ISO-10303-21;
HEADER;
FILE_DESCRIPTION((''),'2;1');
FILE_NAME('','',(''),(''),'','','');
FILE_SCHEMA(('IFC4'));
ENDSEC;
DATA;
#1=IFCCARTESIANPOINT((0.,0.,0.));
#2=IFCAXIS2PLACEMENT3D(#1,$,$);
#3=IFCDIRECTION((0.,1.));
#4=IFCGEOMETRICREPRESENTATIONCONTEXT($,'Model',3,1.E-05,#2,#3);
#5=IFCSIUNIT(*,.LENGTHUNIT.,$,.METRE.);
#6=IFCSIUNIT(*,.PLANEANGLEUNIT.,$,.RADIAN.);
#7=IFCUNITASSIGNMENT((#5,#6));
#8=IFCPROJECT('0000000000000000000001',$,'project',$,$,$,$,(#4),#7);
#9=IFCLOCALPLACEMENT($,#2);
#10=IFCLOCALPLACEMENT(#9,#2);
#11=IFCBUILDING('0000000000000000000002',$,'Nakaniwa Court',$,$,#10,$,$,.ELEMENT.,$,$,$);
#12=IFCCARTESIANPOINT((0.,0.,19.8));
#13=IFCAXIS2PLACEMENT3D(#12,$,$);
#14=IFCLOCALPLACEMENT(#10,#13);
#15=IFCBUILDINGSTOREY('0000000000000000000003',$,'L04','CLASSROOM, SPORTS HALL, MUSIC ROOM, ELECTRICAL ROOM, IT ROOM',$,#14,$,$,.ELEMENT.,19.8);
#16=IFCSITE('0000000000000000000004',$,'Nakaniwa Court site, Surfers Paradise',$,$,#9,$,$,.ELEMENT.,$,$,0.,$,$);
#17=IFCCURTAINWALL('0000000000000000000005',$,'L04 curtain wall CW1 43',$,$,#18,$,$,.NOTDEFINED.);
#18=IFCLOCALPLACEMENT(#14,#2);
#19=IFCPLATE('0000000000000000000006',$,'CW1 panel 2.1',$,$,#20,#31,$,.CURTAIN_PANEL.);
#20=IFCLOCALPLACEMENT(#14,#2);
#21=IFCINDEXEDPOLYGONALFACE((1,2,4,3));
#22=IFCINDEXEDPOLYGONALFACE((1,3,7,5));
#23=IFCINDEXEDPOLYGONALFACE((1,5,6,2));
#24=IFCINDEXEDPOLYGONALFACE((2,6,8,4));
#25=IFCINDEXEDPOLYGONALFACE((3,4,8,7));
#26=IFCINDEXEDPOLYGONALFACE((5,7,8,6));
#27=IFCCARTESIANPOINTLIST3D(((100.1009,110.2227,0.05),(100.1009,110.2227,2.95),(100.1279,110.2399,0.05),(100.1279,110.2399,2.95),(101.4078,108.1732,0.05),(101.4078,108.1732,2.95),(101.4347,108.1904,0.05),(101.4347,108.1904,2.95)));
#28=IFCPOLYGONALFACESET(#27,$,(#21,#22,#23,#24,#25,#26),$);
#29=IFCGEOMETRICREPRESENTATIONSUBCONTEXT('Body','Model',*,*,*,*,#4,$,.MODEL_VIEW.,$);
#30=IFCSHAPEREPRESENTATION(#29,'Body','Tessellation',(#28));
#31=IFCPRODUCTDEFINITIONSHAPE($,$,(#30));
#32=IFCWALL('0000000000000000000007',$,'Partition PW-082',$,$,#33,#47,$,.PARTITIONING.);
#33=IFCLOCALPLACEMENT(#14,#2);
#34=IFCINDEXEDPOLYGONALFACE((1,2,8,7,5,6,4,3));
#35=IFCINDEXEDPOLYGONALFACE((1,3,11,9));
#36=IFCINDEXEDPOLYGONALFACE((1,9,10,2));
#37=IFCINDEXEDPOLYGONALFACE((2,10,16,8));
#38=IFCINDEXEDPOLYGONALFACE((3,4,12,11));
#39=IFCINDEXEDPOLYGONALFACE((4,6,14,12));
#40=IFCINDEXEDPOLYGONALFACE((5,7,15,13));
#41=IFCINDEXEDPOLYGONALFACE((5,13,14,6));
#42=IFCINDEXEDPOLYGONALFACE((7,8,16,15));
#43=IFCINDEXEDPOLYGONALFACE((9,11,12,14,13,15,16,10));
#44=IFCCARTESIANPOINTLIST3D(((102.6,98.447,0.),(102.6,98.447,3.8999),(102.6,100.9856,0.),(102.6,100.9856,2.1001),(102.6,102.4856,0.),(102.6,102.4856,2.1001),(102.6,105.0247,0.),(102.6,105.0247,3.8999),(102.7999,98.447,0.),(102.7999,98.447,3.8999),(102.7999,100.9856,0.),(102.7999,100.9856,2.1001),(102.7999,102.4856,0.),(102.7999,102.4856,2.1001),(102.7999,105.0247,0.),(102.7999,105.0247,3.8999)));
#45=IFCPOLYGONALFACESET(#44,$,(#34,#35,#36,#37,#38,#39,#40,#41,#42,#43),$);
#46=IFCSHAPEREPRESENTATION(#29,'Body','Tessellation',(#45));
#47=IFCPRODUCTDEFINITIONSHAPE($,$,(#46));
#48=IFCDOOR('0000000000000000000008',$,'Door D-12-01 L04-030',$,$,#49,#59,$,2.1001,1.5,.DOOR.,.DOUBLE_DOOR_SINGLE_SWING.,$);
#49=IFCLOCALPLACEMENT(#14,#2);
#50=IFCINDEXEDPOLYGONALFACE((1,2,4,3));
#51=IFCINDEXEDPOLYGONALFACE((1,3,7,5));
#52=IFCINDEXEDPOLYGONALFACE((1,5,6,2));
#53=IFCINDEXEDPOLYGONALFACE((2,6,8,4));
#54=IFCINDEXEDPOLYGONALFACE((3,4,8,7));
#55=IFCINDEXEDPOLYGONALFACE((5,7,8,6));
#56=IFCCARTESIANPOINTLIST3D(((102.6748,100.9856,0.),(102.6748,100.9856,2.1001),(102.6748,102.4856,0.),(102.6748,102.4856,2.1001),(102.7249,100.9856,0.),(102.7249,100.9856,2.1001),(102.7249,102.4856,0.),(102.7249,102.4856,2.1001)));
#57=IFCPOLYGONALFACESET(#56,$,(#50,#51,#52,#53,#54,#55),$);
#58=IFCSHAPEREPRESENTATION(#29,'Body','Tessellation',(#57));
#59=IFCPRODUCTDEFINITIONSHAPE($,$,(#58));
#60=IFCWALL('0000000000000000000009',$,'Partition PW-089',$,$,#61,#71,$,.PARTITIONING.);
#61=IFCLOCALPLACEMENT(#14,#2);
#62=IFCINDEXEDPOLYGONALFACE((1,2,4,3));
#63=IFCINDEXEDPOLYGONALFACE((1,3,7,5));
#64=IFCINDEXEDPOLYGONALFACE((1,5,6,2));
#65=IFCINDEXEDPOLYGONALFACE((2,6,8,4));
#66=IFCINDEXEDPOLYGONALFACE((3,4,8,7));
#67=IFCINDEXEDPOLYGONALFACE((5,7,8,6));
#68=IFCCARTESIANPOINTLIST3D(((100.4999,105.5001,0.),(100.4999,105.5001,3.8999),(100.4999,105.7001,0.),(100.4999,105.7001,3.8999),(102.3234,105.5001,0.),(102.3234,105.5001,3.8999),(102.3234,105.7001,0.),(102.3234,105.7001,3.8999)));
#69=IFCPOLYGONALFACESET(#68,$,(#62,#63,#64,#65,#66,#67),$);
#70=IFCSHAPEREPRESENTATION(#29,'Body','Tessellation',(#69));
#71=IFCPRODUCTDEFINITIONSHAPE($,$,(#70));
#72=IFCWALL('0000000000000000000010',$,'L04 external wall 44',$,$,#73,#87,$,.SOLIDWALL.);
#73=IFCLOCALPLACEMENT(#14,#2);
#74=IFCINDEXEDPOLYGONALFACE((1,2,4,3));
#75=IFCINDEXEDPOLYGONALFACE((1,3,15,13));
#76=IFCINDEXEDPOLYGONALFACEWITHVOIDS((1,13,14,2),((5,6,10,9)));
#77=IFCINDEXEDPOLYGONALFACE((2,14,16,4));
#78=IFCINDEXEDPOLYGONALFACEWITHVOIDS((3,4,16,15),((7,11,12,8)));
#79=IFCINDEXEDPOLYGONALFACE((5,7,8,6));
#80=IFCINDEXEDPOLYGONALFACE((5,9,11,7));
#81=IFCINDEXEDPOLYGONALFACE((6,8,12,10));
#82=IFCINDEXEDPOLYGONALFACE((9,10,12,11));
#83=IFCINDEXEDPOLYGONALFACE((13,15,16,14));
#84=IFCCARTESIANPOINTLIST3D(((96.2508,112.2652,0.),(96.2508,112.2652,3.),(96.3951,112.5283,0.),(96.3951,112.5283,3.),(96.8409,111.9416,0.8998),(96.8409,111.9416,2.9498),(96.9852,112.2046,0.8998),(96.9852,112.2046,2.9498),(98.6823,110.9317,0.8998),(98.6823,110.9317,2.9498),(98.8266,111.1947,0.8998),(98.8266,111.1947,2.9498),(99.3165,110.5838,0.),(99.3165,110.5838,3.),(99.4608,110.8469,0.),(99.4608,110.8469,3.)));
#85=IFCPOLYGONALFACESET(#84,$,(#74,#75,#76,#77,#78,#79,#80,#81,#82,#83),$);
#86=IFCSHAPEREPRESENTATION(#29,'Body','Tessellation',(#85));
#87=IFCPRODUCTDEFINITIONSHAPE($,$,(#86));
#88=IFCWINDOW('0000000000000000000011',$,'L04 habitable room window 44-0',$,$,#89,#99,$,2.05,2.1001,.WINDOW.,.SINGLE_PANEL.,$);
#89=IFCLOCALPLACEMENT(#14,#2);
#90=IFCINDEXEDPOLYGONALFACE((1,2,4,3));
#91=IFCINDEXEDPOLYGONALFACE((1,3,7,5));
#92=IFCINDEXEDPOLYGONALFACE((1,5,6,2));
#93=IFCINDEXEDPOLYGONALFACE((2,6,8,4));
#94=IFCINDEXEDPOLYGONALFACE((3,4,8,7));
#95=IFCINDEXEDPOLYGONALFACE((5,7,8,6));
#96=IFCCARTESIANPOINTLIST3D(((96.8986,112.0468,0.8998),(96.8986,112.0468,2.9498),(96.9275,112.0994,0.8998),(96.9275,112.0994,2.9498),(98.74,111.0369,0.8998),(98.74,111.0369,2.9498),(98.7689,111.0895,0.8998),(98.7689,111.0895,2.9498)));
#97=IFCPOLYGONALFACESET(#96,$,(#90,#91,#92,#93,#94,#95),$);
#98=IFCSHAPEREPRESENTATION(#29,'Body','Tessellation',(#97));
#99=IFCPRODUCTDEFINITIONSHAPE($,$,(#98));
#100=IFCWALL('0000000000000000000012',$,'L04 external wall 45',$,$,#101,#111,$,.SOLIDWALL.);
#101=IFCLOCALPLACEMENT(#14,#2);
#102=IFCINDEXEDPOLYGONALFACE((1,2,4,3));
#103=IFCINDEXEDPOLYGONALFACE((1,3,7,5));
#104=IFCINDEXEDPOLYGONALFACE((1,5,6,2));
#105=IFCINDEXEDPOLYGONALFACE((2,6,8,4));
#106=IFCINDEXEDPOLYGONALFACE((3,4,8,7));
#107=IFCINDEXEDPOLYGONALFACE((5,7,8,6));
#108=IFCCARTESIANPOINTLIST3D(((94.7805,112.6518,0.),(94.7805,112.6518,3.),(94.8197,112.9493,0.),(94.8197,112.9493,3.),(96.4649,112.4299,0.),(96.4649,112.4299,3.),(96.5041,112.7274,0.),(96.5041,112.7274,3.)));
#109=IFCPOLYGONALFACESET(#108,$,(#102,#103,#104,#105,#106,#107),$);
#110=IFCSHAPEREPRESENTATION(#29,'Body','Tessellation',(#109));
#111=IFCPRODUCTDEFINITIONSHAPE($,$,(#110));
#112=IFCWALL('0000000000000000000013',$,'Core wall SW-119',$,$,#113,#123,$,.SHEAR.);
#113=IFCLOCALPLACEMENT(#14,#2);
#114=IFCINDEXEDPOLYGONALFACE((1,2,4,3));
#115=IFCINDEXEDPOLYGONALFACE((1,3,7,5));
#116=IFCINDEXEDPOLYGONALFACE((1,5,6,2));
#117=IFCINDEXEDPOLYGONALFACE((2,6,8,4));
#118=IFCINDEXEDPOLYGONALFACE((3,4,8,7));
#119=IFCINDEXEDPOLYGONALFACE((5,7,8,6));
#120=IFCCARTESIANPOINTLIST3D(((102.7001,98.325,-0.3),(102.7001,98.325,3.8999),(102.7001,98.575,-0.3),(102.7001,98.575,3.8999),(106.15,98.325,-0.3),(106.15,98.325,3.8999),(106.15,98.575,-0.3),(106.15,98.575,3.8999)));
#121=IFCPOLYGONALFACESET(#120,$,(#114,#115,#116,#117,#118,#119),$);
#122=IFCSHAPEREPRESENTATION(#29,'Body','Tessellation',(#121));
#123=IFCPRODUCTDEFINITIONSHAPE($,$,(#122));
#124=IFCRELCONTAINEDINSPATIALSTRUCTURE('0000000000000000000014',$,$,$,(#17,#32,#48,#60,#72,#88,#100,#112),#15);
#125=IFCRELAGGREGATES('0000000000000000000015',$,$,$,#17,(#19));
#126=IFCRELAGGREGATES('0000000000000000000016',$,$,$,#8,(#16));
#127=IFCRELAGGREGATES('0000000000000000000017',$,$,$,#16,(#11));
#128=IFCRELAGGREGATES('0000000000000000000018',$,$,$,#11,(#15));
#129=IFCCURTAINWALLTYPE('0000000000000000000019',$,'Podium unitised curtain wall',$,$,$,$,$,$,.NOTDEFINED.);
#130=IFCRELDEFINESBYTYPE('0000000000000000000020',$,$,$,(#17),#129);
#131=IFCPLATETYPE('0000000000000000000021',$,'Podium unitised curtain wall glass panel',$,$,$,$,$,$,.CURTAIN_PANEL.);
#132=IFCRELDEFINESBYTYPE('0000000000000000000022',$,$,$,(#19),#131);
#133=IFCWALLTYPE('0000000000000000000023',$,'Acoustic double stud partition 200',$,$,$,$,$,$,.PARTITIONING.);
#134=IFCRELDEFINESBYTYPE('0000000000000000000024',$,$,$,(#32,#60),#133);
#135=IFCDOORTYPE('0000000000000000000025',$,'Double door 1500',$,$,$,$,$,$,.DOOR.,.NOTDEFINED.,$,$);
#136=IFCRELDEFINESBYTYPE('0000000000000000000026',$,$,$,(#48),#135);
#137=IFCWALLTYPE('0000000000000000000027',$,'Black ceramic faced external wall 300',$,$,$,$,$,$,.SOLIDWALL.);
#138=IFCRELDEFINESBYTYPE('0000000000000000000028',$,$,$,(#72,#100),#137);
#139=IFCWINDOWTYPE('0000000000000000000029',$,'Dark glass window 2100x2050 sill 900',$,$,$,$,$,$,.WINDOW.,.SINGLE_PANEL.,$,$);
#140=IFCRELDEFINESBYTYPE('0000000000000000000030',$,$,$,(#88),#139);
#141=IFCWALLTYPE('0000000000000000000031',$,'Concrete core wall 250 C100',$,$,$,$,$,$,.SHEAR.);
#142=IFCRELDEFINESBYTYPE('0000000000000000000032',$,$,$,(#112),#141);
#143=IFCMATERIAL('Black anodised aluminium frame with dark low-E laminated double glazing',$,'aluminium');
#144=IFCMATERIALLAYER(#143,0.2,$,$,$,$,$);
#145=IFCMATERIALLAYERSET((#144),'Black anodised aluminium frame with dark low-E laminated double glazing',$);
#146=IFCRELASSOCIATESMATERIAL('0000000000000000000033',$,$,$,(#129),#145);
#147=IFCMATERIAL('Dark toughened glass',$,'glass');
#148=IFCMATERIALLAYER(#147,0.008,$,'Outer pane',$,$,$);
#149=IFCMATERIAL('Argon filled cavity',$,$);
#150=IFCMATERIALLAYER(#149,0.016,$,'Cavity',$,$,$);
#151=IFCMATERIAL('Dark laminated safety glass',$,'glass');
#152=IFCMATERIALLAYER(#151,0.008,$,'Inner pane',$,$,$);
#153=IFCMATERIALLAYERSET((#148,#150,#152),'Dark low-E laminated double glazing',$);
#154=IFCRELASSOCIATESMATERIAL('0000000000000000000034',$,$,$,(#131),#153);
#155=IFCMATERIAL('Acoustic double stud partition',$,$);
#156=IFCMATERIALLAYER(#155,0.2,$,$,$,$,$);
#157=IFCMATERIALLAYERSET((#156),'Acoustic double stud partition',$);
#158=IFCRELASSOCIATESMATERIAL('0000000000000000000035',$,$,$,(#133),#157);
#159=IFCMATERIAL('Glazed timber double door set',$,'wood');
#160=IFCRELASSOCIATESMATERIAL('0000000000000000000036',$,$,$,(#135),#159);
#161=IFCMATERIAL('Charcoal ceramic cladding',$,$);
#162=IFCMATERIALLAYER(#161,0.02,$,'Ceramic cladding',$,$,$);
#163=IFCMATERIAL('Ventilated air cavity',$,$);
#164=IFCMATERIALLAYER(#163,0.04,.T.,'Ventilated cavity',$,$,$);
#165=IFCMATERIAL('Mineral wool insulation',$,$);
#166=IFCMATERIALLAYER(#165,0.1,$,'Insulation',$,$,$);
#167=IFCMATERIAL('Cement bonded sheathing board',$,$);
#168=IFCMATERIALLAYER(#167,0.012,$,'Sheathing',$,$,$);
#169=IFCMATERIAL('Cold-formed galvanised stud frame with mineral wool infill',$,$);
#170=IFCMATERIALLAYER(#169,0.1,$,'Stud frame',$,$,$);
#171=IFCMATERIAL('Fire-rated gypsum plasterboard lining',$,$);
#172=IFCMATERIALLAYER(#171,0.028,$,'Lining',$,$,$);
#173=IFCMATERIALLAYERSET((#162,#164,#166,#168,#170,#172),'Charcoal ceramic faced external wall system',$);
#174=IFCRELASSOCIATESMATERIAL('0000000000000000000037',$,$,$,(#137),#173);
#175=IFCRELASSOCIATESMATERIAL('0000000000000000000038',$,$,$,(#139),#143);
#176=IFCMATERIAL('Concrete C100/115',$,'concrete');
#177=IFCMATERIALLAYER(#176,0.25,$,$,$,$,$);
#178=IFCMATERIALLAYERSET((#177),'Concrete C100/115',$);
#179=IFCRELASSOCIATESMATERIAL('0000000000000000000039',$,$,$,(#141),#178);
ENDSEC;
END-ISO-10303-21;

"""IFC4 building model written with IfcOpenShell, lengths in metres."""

from ifc_helpers import new_model, si_unit, direction, frame, frame_2d, origin, origin_2d, place, context, subcontext, project, spatial, rectangle, extrude, material, layer, layer_set, type_object, element, fill, aggregate, save


model = new_model("IFC4")

# Units and contexts
model_context = context("Model", 3, precision=1e-05, world=origin(), true_north=direction((0.0, 1.0)))
body_context = subcontext(model_context, "Body", "Model", "MODEL_VIEW")
ifc_project = project(units=[si_unit("LENGTHUNIT", "METRE"), si_unit("PLANEANGLEUNIT", "RADIAN")], contexts=[model_context])

# Site, building, storey
site_placement = place(None, origin())
site = spatial("IfcSite", under=ifc_project, at=site_placement, Name="Nakaniwa Court site, Surfers Paradise", CompositionType="ELEMENT", RefElevation=0.0)
building_placement = place(site_placement, origin())
building = spatial("IfcBuilding", under=site, at=building_placement, Name="Nakaniwa Court", CompositionType="ELEMENT")
storey_placement = place(building_placement, frame((0.0, 0.0, 19.8)))
storey = spatial("IfcBuildingStorey", under=building, at=storey_placement, Name="L04", Description="CLASSROOM, SPORTS HALL, MUSIC ROOM, ELECTRICAL ROOM, IT ROOM", CompositionType="ELEMENT", Elevation=19.8)

# Shared definitions
ifc_material_1 = material(Name="Concrete C100/115", Category="concrete")

# Shared definitions
ifc_material_2 = material(Name="Black anodised aluminium frame with dark low-E laminated double glazing", Category="aluminium")
ifc_layer_1 = layer(ifc_material_2, 0.2)
ifc_layer_set_1 = layer_set([ifc_layer_1], Name="Black anodised aluminium frame with dark low-E laminated double glazing")
curtain_wall_type = type_object("IfcCurtainWallType", Name="Podium unitised curtain wall", PredefinedType="NOTDEFINED", material=ifc_layer_set_1)

# Curtain wall
curtain_wall_1_placement = place(storey_placement, origin())
curtain_wall_1 = element("IfcCurtainWall", 1, at=curtain_wall_1_placement, inside=storey, type_object=curtain_wall_type, Name="L04 curtain wall CW1 43", PredefinedType="NOTDEFINED")

# Plate
ifc_material_3 = material(Name="Dark toughened glass", Category="glass")
ifc_layer_2 = layer(ifc_material_3, 0.008, Name="Outer pane")
ifc_material_4 = material(Name="Argon filled cavity")
ifc_layer_3 = layer(ifc_material_4, 0.016, Name="Cavity")
ifc_material_5 = material(Name="Dark laminated safety glass", Category="glass")
ifc_layer_4 = layer(ifc_material_5, 0.008, Name="Inner pane")
ifc_layer_set_2 = layer_set([ifc_layer_2, ifc_layer_3, ifc_layer_4], Name="Dark low-E laminated double glazing")
plate_type = type_object("IfcPlateType", Name="Podium unitised curtain wall glass panel", PredefinedType="CURTAIN_PANEL", material=ifc_layer_set_2)
plate_1_placement = place(storey_placement, frame((100.7678, 109.2065, 0.05), z_axis=(0.0, 0.0, 1.0), x_axis=(-0.537644, 0.843172, 0.0)))
plate_1 = element("IfcPlate", 2, at=plate_1_placement, type_object=plate_type, Name="CW1 panel 2.1", PredefinedType="CURTAIN_PANEL", context=body_context, shape_type="SweptSolid", body=[
    extrude(rectangle(XDim=2.4307, YDim=0.032, at=origin_2d()), origin(), (0.0, 0.0, 1.0), 2.8999),
])
aggregate(curtain_wall_1, [plate_1])

# Wall, opening, door
ifc_material_6 = material(Name="Acoustic double stud partition")
ifc_layer_5 = layer(ifc_material_6, 0.2)
ifc_layer_set_3 = layer_set([ifc_layer_5], Name="Acoustic double stud partition")
wall_type_1 = type_object("IfcWallType", Name="Acoustic double stud partition 200", PredefinedType="PARTITIONING", material=ifc_layer_set_3)
wall_1_placement = place(storey_placement, frame((102.7, 105.0247, 0.0), z_axis=(0.0, 0.0, 1.0), x_axis=(0.0, -1.0, 0.0)))
wall_1 = element("IfcWall", 3, at=wall_1_placement, inside=storey, type_object=wall_type_1, Name="Partition PW-082", PredefinedType="PARTITIONING", context=body_context, shape_type="SweptSolid", body=[
    extrude(rectangle(XDim=6.5776, YDim=0.2, at=frame_2d((3.2888, 0.0))), origin(), (0.0, 0.0, 1.0), 3.8999),
])
opening_1_placement = place(wall_1_placement, frame((2.5391, 0.0, 0.0)))
opening_1 = element("IfcOpeningElement", 4, at=opening_1_placement, cuts=wall_1, PredefinedType="OPENING", context=body_context, shape_type="SweptSolid", body=[
    extrude(rectangle(XDim=1.5, YDim=2.1001, at=frame_2d((0.75, 1.05))), frame((0.0, 0.1099, 0.0), z_axis=(0.0, -1.0, 0.0), x_axis=(1.0, 0.0, 0.0)), (0.0, 0.0, 1.0), 0.22),
])
ifc_material_7 = material(Name="Glazed timber double door set", Category="wood")
door_type = type_object("IfcDoorType", Name="Double door 1500", OperationType="NOTDEFINED", PredefinedType="DOOR", material=ifc_material_7)
door_placement = place(opening_1_placement, origin())
door = element("IfcDoor", 5, at=door_placement, inside=storey, type_object=door_type, Name="Door D-12-01 L04-030", OperationType="DOUBLE_DOOR_SINGLE_SWING", OverallHeight=2.1001, OverallWidth=1.5, PredefinedType="DOOR", context=body_context, shape_type="SweptSolid", body=[
    extrude(rectangle(XDim=1.5, YDim=2.1001, at=frame_2d((0.75, 1.05))), frame((0.0, 0.0249, 0.0), z_axis=(0.0, -1.0, 0.0), x_axis=(1.0, 0.0, 0.0)), (0.0, 0.0, 1.0), 0.05),
])
fill(opening_1, door)

# Wall
wall_2_placement = place(storey_placement, frame((100.5, 105.6001, 0.0), z_axis=(0.0, 0.0, 1.0), x_axis=(1.0, 0.0, 0.0)))
element("IfcWall", 6, at=wall_2_placement, inside=storey, type_object=wall_type_1, Name="Partition PW-089", PredefinedType="PARTITIONING", context=body_context, shape_type="SweptSolid", body=[
    extrude(rectangle(XDim=1.8235, YDim=0.2, at=frame_2d((0.9116, 0.0))), origin(), (0.0, 0.0, 1.0), 3.8999),
])

# Wall, opening, window
ifc_material_8 = material(Name="Charcoal ceramic cladding")
ifc_layer_6 = layer(ifc_material_8, 0.02, Name="Ceramic cladding")
ifc_material_9 = material(Name="Ventilated air cavity")
ifc_layer_7 = layer(ifc_material_9, 0.04, ventilated=True, Name="Ventilated cavity")
ifc_material_10 = material(Name="Mineral wool insulation")
ifc_layer_8 = layer(ifc_material_10, 0.1, Name="Insulation")
ifc_material_11 = material(Name="Cement bonded sheathing board")
ifc_layer_9 = layer(ifc_material_11, 0.012, Name="Sheathing")
ifc_material_12 = material(Name="Cold-formed galvanised stud frame with mineral wool infill")
ifc_layer_10 = layer(ifc_material_12, 0.1, Name="Stud frame")
ifc_material_13 = material(Name="Fire-rated gypsum plasterboard lining")
ifc_layer_11 = layer(ifc_material_13, 0.028, Name="Lining")
ifc_layer_set_4 = layer_set([ifc_layer_6, ifc_layer_7, ifc_layer_8, ifc_layer_9, ifc_layer_10, ifc_layer_11], Name="Charcoal ceramic faced external wall system")
wall_type_2 = type_object("IfcWallType", Name="Black ceramic faced external wall 300", PredefinedType="SOLIDWALL", material=ifc_layer_set_4)
wall_3_placement = place(storey_placement, frame((99.3887, 110.7153, 0.0), z_axis=(0.0, 0.0, 1.0), x_axis=(-0.876786, 0.480881, 0.0)))
wall_3 = element("IfcWall", 7, at=wall_3_placement, inside=storey, type_object=wall_type_2, Name="L04 external wall 44", PredefinedType="SOLIDWALL", context=body_context, shape_type="SweptSolid", body=[
    extrude(rectangle(XDim=3.4966, YDim=0.3, at=frame_2d((1.7483, 0.0))), origin(), (0.0, 0.0, 1.0), 3.0),
])
opening_2_placement = place(wall_3_placement, frame((0.7234, 0.0, 0.8999)))
opening_2 = element("IfcOpeningElement", 8, at=opening_2_placement, cuts=wall_3, PredefinedType="OPENING", context=body_context, shape_type="SweptSolid", body=[
    extrude(rectangle(XDim=2.1001, YDim=2.05, at=frame_2d((1.05, 1.0249))), frame((0.0, 0.1599, 0.0), z_axis=(0.0, -1.0, 0.0), x_axis=(1.0, 0.0, 0.0)), (0.0, 0.0, 1.0), 0.3201),
])
window_type = type_object("IfcWindowType", Name="Dark glass window 2100x2050 sill 900", PartitioningType="SINGLE_PANEL", PredefinedType="WINDOW", material=ifc_material_2)
window_placement = place(opening_2_placement, origin())
window = element("IfcWindow", 9, at=window_placement, inside=storey, type_object=window_type, Name="L04 habitable room window 44-0", OverallHeight=2.05, OverallWidth=2.1001, PartitioningType="SINGLE_PANEL", PredefinedType="WINDOW", context=body_context, shape_type="SweptSolid", body=[
    extrude(rectangle(XDim=2.1001, YDim=2.05, at=frame_2d((1.05, 1.0249))), frame((0.0, 0.03, 0.0), z_axis=(0.0, -1.0, 0.0), x_axis=(1.0, 0.0, 0.0)), (0.0, 0.0, 1.0), 0.0601),
])
fill(opening_2, window)

# Walls
wall_4_placement = place(storey_placement, frame((96.4846, 112.5786, 0.0), z_axis=(0.0, 0.0, 1.0), x_axis=(-0.991431, 0.130629, 0.0)))
element("IfcWall", 10, at=wall_4_placement, inside=storey, type_object=wall_type_2, Name="L04 external wall 45", PredefinedType="SOLIDWALL", context=body_context, shape_type="SweptSolid", body=[
    extrude(rectangle(XDim=1.699, YDim=0.3, at=frame_2d((0.8496, 0.0))), origin(), (0.0, 0.0, 1.0), 3.0),
])
ifc_layer_12 = layer(ifc_material_1, 0.25)
ifc_layer_set_5 = layer_set([ifc_layer_12], Name="Concrete C100/115")
wall_type_3 = type_object("IfcWallType", Name="Concrete core wall 250 C100", PredefinedType="SHEAR", material=ifc_layer_set_5)
wall_5_placement = place(storey_placement, frame((102.7, 98.45, -0.3), z_axis=(0.0, 0.0, 1.0), x_axis=(1.0, 0.0, 0.0)))
element("IfcWall", 11, at=wall_5_placement, inside=storey, type_object=wall_type_3, Name="Core wall SW-119", PredefinedType="SHEAR", context=body_context, shape_type="SweptSolid", body=[
    extrude(rectangle(XDim=3.45, YDim=0.25, at=frame_2d((1.7251, 0.0))), origin(), (0.0, 0.0, 1.0), 4.2),
])

save(model, "model.ifc")
